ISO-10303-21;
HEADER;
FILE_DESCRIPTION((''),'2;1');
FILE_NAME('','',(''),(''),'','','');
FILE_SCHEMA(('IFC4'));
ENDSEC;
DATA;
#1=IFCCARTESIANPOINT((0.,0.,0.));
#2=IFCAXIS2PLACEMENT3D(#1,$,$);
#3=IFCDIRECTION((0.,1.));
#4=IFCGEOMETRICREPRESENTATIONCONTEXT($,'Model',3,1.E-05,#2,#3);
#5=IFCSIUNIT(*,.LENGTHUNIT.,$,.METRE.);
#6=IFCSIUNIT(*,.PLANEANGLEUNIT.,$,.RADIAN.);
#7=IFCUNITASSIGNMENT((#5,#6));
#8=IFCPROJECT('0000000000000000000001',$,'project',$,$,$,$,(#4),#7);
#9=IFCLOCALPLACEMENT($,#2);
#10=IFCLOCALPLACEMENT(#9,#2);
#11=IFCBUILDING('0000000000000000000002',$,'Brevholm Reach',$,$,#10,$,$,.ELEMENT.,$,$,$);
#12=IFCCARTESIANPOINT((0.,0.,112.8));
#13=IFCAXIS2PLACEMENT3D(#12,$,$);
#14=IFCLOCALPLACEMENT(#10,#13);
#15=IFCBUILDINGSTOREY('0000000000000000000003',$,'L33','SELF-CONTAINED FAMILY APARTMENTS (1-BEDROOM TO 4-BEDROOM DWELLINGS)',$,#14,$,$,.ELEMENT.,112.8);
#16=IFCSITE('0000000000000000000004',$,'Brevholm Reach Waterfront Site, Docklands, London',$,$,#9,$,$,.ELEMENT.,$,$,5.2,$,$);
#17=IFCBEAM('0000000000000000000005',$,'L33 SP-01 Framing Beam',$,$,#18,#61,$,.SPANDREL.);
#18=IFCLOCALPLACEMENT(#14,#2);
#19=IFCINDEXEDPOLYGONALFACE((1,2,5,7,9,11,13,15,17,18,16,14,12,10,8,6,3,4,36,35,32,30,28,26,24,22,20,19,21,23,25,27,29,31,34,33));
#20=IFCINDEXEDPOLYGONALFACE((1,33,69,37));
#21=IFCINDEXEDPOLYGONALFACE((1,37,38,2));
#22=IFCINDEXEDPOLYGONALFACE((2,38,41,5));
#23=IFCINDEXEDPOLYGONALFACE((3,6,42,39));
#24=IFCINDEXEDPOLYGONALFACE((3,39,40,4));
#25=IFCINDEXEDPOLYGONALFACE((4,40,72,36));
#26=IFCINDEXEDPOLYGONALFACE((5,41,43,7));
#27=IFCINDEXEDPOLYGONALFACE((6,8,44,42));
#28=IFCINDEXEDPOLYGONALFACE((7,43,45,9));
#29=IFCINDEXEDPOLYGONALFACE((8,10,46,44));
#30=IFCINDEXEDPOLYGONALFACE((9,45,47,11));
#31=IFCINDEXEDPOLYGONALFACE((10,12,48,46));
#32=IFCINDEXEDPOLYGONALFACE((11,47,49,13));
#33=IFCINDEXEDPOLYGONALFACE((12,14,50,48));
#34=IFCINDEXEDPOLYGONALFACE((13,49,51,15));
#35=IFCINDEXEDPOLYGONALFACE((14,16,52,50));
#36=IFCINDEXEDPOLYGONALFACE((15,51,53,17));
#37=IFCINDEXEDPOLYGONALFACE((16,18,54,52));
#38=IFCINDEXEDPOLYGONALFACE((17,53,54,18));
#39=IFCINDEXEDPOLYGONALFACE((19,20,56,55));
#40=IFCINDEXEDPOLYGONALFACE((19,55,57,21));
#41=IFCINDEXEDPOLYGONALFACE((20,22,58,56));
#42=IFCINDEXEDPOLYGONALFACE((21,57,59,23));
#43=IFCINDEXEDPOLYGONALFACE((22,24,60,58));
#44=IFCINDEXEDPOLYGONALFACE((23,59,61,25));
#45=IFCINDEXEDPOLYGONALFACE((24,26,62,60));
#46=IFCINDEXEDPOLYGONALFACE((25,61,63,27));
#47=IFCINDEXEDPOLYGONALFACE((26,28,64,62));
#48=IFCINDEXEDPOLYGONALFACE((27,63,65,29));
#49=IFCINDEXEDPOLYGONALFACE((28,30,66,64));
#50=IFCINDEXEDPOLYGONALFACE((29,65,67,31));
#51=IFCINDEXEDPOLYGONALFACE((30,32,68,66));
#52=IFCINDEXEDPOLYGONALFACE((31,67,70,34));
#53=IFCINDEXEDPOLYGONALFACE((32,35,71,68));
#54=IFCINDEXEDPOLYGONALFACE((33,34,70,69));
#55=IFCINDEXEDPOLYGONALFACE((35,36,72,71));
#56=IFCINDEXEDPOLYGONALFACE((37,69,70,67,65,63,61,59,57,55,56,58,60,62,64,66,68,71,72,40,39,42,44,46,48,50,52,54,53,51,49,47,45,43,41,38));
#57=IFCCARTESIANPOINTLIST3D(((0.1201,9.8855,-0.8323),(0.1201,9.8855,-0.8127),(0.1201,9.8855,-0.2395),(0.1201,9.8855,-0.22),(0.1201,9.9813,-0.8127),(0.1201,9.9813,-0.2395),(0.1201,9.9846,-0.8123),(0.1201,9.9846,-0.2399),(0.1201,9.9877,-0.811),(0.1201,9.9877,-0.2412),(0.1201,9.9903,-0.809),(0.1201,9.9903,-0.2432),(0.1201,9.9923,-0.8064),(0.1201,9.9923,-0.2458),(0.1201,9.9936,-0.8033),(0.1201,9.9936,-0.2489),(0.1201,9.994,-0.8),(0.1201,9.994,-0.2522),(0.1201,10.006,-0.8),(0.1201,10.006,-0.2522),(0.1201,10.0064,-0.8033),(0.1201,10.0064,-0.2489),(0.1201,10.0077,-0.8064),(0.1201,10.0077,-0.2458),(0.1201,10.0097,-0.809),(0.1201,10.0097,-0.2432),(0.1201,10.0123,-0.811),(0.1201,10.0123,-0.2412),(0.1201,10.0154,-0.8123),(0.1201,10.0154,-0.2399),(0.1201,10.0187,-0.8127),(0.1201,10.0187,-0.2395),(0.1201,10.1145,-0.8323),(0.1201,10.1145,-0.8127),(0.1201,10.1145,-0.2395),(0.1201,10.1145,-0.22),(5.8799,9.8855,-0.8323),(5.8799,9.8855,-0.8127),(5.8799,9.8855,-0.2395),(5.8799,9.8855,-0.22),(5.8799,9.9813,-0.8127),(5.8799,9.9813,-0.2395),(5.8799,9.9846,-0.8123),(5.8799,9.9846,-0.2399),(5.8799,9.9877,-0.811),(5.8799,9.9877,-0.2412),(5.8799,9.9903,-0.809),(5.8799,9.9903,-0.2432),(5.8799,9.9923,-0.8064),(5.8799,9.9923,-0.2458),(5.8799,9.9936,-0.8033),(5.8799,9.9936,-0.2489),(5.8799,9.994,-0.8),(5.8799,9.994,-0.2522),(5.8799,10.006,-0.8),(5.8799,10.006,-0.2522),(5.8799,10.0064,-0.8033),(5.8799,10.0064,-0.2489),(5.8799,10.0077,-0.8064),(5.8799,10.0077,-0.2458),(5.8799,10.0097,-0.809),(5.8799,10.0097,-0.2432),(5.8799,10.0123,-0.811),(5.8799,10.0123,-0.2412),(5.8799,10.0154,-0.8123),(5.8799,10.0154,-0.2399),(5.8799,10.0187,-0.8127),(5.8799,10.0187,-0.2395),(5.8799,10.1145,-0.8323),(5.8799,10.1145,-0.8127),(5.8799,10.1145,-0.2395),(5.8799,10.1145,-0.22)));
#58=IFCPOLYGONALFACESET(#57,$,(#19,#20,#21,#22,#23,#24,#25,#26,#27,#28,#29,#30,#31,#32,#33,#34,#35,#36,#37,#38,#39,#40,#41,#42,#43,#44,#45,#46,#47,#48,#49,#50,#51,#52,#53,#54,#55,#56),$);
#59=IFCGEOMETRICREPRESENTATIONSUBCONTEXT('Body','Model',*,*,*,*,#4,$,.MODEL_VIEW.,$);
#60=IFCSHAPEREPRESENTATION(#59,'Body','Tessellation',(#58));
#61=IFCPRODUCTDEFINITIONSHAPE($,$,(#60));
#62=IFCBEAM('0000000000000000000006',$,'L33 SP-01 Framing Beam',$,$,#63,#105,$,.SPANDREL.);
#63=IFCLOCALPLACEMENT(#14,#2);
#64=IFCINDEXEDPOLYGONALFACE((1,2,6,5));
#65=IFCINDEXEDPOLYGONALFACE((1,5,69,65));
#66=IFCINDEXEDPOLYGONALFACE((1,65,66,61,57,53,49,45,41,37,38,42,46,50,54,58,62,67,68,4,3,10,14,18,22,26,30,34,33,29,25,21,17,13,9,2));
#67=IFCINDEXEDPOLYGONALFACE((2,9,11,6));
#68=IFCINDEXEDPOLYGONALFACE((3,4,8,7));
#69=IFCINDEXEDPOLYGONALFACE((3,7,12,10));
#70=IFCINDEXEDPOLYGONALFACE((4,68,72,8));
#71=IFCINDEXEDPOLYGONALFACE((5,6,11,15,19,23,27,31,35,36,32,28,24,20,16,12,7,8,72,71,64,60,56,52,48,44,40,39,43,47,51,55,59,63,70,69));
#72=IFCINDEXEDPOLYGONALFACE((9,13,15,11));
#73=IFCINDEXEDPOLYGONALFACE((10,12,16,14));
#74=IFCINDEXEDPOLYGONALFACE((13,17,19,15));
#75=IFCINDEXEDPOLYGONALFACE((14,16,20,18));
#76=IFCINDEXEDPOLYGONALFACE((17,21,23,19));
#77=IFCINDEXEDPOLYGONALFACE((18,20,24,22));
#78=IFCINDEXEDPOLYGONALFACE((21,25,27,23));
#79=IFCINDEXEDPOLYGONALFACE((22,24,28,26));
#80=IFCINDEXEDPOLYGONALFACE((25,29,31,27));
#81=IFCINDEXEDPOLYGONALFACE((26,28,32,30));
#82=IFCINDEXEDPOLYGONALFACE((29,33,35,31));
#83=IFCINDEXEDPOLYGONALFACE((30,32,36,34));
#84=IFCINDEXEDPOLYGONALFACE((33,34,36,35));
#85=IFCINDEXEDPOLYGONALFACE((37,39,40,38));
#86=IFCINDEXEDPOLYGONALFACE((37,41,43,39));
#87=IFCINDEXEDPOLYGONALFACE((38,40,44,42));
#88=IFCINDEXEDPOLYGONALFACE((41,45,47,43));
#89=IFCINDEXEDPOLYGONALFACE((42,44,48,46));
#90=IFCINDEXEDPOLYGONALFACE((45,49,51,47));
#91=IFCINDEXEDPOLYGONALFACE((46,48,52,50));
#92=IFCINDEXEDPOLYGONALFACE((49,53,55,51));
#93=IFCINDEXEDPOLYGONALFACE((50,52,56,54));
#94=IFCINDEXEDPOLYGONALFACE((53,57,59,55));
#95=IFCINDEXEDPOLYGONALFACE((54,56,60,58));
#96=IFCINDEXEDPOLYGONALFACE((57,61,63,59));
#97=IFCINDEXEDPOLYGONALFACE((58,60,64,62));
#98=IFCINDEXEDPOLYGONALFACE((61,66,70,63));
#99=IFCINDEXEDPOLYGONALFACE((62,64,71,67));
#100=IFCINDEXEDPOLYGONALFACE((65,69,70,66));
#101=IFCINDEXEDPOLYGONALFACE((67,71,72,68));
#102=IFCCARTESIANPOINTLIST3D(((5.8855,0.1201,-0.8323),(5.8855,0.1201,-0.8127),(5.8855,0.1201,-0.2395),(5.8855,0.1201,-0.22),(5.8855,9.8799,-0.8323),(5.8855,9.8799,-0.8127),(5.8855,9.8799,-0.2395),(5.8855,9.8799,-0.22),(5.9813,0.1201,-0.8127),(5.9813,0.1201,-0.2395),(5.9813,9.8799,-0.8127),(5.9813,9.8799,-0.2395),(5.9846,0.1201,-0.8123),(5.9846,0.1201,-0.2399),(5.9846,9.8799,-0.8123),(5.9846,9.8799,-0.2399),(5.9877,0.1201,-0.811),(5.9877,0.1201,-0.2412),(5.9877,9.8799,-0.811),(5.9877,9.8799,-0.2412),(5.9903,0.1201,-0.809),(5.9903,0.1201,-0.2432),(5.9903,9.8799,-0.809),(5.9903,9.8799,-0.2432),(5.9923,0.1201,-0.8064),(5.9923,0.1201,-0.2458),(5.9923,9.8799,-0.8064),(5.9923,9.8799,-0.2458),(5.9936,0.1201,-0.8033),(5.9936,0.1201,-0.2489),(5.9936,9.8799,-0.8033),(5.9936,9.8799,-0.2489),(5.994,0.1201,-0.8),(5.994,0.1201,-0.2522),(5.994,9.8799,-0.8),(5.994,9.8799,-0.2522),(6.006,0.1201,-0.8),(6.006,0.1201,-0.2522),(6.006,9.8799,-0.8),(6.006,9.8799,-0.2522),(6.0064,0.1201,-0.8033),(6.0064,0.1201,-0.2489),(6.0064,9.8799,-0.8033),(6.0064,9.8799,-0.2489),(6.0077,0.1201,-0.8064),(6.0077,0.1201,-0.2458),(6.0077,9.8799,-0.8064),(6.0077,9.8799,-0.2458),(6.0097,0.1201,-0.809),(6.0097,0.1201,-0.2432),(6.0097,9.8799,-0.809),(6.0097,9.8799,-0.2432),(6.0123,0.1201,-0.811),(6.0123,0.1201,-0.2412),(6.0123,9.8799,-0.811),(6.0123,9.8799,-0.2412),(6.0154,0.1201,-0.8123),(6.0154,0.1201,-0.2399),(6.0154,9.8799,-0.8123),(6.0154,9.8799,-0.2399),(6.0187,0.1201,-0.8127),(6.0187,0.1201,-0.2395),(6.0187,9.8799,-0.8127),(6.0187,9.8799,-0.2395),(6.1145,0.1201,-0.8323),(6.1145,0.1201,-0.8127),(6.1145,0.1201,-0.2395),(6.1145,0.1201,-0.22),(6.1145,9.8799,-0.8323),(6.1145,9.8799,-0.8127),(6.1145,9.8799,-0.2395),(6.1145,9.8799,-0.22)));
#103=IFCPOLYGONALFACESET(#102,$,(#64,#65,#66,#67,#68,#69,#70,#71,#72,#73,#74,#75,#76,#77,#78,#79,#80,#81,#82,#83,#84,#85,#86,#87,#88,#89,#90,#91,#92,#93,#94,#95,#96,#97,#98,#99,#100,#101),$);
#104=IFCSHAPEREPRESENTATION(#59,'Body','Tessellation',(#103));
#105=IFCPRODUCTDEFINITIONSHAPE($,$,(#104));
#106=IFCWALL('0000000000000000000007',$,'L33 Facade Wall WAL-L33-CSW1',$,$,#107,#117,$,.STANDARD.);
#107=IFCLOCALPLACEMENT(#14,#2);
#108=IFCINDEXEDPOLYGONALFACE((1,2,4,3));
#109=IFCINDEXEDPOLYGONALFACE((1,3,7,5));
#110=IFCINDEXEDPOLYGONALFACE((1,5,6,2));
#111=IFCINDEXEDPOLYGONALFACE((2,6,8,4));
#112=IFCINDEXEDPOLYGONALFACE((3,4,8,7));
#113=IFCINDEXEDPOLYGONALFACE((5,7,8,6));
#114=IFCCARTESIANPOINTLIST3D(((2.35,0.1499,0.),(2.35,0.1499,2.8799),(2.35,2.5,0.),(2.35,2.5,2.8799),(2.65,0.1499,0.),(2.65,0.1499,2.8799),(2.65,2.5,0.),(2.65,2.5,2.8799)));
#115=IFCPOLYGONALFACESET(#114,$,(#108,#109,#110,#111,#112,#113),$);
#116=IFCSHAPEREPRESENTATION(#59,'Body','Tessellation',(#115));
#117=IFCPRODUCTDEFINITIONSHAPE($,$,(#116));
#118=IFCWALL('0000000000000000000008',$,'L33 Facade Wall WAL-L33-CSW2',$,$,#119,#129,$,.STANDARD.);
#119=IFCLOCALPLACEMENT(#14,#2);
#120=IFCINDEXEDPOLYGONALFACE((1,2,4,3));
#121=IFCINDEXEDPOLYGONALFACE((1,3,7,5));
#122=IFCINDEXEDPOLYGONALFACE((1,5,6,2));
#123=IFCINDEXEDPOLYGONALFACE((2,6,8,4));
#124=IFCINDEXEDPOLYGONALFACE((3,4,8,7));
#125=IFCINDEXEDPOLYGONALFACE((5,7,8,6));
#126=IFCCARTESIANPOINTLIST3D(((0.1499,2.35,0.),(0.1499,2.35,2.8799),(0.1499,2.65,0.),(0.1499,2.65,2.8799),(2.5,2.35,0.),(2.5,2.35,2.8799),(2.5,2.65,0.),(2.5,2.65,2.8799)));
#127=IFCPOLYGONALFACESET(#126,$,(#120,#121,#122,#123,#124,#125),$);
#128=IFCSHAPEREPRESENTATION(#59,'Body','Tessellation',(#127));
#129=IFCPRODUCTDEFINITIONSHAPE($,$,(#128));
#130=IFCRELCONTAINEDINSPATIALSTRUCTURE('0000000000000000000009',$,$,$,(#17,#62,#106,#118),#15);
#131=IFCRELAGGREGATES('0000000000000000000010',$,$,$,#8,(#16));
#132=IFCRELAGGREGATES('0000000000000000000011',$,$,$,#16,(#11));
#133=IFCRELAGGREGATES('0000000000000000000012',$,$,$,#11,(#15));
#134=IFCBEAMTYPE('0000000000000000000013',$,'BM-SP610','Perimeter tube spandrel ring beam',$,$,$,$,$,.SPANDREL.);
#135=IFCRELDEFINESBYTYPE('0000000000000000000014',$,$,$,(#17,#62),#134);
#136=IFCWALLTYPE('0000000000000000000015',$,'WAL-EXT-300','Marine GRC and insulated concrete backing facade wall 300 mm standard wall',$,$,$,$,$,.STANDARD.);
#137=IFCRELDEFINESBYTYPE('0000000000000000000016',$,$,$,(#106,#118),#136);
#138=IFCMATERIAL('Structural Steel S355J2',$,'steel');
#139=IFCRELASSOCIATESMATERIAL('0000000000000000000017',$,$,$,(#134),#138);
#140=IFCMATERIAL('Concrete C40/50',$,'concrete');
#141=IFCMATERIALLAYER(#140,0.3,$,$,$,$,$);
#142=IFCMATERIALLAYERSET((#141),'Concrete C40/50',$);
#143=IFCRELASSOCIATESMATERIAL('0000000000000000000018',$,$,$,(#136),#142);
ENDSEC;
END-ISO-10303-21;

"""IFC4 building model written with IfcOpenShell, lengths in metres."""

from ifc_helpers import new_model, si_unit, direction, frame, frame_2d, origin, origin_2d, place, context, subcontext, project, spatial, rectangle, i_section, extrude, material, layer, layer_set, material_profile, profile_set, type_object, element, save


model = new_model("IFC4")

# Units and contexts
model_context = context("Model", 3, precision=1e-05, world=origin(), true_north=direction((0.0, 1.0)))
body_context = subcontext(model_context, "Body", "Model", "MODEL_VIEW")
ifc_project = project(units=[si_unit("LENGTHUNIT", "METRE"), si_unit("PLANEANGLEUNIT", "RADIAN")], contexts=[model_context])

# Site, building, storey
site_placement = place(None, origin())
site = spatial("IfcSite", under=ifc_project, at=site_placement, Name="Brevholm Reach Waterfront Site, Docklands, London", CompositionType="ELEMENT", RefElevation=5.2)
building_placement = place(site_placement, origin())
building = spatial("IfcBuilding", under=site, at=building_placement, Name="Brevholm Reach", CompositionType="ELEMENT")
storey_placement = place(building_placement, frame((0.0, 0.0, 112.8)))
storey = spatial("IfcBuildingStorey", under=building, at=storey_placement, Name="L33", Description="SELF-CONTAINED FAMILY APARTMENTS (1-BEDROOM TO 4-BEDROOM DWELLINGS)", CompositionType="ELEMENT", Elevation=112.8)

# Beams
ifc_material_1 = material(Name="Structural Steel S355J2", Category="steel")
ifc_material_profile_1 = material_profile(ifc_material_1, i_section(OverallWidth=0.229, OverallDepth=0.6123, WebThickness=0.012, FlangeThickness=0.0195, FilletRadius=0.0127, at=origin_2d()), Name="UKB 610x229x125")
ifc_profile_set_1 = profile_set([ifc_material_profile_1], Name="Structural Steel S355J2")
beam_type_1 = type_object("IfcBeamType", Name="BM-SP610", Description="Perimeter tube spandrel ring beam", PredefinedType="SPANDREL", material=ifc_profile_set_1)
beam_1_placement = place(storey_placement, frame((0.1201, 10.0, -0.5261), z_axis=(1.0, 0.0, 0.0), x_axis=(0.0, 1.0, 0.0)))
element("IfcBeam", 1, at=beam_1_placement, inside=storey, type_object=beam_type_1, Name="L33 SP-01 Framing Beam", PredefinedType="SPANDREL", context=body_context, shape_type="SweptSolid", body=[
    extrude(i_section(OverallWidth=0.229, OverallDepth=0.6123, WebThickness=0.012, FlangeThickness=0.0195, FilletRadius=0.0127, at=origin_2d()), origin(), (0.0, 0.0, 1.0), 5.7598),
])
beam_2_placement = place(storey_placement, frame((6.0, 0.1201, -0.5261), z_axis=(0.0, 1.0, 0.0), x_axis=(-1.0, 0.0, 0.0)))
element("IfcBeam", 2, at=beam_2_placement, inside=storey, type_object=beam_type_1, Name="L33 SP-01 Framing Beam", PredefinedType="SPANDREL", context=body_context, shape_type="SweptSolid", body=[
    extrude(i_section(OverallWidth=0.229, OverallDepth=0.6123, WebThickness=0.012, FlangeThickness=0.0195, FilletRadius=0.0127, at=origin_2d()), origin(), (0.0, 0.0, 1.0), 9.7598),
])

# Walls
ifc_material_2 = material(Name="Concrete C40/50", Category="concrete")
ifc_layer_1 = layer(ifc_material_2, 0.3)
ifc_layer_set_1 = layer_set([ifc_layer_1], Name="Concrete C40/50")
wall_type_1 = type_object("IfcWallType", Name="WAL-EXT-300", Description="Marine GRC and insulated concrete backing facade wall 300 mm standard wall", PredefinedType="STANDARD", material=ifc_layer_set_1)
for number, where, z_axis, x_axis, name in (
    (3, (2.5, 2.5, 0.0), (0.0, 0.0, 1.0), (0.0, -1.0, 0.0), "L33 Facade Wall WAL-L33-CSW1"),
    (4, (0.1499, 2.5, 0.0), (0.0, 0.0, 1.0), (1.0, 0.0, 0.0), "L33 Facade Wall WAL-L33-CSW2"),
):
    element("IfcWall", number, at=place(storey_placement, frame(where, z_axis=z_axis, x_axis=x_axis)), inside=storey, type_object=wall_type_1, Name=name, PredefinedType="STANDARD", context=body_context, shape_type="SweptSolid", body=[
        extrude(rectangle(XDim=2.3501, YDim=0.3, at=frame_2d((1.175, 0.0))), origin(), (0.0, 0.0, 1.0), 2.8799),
    ])

save(model, "model.ifc")
